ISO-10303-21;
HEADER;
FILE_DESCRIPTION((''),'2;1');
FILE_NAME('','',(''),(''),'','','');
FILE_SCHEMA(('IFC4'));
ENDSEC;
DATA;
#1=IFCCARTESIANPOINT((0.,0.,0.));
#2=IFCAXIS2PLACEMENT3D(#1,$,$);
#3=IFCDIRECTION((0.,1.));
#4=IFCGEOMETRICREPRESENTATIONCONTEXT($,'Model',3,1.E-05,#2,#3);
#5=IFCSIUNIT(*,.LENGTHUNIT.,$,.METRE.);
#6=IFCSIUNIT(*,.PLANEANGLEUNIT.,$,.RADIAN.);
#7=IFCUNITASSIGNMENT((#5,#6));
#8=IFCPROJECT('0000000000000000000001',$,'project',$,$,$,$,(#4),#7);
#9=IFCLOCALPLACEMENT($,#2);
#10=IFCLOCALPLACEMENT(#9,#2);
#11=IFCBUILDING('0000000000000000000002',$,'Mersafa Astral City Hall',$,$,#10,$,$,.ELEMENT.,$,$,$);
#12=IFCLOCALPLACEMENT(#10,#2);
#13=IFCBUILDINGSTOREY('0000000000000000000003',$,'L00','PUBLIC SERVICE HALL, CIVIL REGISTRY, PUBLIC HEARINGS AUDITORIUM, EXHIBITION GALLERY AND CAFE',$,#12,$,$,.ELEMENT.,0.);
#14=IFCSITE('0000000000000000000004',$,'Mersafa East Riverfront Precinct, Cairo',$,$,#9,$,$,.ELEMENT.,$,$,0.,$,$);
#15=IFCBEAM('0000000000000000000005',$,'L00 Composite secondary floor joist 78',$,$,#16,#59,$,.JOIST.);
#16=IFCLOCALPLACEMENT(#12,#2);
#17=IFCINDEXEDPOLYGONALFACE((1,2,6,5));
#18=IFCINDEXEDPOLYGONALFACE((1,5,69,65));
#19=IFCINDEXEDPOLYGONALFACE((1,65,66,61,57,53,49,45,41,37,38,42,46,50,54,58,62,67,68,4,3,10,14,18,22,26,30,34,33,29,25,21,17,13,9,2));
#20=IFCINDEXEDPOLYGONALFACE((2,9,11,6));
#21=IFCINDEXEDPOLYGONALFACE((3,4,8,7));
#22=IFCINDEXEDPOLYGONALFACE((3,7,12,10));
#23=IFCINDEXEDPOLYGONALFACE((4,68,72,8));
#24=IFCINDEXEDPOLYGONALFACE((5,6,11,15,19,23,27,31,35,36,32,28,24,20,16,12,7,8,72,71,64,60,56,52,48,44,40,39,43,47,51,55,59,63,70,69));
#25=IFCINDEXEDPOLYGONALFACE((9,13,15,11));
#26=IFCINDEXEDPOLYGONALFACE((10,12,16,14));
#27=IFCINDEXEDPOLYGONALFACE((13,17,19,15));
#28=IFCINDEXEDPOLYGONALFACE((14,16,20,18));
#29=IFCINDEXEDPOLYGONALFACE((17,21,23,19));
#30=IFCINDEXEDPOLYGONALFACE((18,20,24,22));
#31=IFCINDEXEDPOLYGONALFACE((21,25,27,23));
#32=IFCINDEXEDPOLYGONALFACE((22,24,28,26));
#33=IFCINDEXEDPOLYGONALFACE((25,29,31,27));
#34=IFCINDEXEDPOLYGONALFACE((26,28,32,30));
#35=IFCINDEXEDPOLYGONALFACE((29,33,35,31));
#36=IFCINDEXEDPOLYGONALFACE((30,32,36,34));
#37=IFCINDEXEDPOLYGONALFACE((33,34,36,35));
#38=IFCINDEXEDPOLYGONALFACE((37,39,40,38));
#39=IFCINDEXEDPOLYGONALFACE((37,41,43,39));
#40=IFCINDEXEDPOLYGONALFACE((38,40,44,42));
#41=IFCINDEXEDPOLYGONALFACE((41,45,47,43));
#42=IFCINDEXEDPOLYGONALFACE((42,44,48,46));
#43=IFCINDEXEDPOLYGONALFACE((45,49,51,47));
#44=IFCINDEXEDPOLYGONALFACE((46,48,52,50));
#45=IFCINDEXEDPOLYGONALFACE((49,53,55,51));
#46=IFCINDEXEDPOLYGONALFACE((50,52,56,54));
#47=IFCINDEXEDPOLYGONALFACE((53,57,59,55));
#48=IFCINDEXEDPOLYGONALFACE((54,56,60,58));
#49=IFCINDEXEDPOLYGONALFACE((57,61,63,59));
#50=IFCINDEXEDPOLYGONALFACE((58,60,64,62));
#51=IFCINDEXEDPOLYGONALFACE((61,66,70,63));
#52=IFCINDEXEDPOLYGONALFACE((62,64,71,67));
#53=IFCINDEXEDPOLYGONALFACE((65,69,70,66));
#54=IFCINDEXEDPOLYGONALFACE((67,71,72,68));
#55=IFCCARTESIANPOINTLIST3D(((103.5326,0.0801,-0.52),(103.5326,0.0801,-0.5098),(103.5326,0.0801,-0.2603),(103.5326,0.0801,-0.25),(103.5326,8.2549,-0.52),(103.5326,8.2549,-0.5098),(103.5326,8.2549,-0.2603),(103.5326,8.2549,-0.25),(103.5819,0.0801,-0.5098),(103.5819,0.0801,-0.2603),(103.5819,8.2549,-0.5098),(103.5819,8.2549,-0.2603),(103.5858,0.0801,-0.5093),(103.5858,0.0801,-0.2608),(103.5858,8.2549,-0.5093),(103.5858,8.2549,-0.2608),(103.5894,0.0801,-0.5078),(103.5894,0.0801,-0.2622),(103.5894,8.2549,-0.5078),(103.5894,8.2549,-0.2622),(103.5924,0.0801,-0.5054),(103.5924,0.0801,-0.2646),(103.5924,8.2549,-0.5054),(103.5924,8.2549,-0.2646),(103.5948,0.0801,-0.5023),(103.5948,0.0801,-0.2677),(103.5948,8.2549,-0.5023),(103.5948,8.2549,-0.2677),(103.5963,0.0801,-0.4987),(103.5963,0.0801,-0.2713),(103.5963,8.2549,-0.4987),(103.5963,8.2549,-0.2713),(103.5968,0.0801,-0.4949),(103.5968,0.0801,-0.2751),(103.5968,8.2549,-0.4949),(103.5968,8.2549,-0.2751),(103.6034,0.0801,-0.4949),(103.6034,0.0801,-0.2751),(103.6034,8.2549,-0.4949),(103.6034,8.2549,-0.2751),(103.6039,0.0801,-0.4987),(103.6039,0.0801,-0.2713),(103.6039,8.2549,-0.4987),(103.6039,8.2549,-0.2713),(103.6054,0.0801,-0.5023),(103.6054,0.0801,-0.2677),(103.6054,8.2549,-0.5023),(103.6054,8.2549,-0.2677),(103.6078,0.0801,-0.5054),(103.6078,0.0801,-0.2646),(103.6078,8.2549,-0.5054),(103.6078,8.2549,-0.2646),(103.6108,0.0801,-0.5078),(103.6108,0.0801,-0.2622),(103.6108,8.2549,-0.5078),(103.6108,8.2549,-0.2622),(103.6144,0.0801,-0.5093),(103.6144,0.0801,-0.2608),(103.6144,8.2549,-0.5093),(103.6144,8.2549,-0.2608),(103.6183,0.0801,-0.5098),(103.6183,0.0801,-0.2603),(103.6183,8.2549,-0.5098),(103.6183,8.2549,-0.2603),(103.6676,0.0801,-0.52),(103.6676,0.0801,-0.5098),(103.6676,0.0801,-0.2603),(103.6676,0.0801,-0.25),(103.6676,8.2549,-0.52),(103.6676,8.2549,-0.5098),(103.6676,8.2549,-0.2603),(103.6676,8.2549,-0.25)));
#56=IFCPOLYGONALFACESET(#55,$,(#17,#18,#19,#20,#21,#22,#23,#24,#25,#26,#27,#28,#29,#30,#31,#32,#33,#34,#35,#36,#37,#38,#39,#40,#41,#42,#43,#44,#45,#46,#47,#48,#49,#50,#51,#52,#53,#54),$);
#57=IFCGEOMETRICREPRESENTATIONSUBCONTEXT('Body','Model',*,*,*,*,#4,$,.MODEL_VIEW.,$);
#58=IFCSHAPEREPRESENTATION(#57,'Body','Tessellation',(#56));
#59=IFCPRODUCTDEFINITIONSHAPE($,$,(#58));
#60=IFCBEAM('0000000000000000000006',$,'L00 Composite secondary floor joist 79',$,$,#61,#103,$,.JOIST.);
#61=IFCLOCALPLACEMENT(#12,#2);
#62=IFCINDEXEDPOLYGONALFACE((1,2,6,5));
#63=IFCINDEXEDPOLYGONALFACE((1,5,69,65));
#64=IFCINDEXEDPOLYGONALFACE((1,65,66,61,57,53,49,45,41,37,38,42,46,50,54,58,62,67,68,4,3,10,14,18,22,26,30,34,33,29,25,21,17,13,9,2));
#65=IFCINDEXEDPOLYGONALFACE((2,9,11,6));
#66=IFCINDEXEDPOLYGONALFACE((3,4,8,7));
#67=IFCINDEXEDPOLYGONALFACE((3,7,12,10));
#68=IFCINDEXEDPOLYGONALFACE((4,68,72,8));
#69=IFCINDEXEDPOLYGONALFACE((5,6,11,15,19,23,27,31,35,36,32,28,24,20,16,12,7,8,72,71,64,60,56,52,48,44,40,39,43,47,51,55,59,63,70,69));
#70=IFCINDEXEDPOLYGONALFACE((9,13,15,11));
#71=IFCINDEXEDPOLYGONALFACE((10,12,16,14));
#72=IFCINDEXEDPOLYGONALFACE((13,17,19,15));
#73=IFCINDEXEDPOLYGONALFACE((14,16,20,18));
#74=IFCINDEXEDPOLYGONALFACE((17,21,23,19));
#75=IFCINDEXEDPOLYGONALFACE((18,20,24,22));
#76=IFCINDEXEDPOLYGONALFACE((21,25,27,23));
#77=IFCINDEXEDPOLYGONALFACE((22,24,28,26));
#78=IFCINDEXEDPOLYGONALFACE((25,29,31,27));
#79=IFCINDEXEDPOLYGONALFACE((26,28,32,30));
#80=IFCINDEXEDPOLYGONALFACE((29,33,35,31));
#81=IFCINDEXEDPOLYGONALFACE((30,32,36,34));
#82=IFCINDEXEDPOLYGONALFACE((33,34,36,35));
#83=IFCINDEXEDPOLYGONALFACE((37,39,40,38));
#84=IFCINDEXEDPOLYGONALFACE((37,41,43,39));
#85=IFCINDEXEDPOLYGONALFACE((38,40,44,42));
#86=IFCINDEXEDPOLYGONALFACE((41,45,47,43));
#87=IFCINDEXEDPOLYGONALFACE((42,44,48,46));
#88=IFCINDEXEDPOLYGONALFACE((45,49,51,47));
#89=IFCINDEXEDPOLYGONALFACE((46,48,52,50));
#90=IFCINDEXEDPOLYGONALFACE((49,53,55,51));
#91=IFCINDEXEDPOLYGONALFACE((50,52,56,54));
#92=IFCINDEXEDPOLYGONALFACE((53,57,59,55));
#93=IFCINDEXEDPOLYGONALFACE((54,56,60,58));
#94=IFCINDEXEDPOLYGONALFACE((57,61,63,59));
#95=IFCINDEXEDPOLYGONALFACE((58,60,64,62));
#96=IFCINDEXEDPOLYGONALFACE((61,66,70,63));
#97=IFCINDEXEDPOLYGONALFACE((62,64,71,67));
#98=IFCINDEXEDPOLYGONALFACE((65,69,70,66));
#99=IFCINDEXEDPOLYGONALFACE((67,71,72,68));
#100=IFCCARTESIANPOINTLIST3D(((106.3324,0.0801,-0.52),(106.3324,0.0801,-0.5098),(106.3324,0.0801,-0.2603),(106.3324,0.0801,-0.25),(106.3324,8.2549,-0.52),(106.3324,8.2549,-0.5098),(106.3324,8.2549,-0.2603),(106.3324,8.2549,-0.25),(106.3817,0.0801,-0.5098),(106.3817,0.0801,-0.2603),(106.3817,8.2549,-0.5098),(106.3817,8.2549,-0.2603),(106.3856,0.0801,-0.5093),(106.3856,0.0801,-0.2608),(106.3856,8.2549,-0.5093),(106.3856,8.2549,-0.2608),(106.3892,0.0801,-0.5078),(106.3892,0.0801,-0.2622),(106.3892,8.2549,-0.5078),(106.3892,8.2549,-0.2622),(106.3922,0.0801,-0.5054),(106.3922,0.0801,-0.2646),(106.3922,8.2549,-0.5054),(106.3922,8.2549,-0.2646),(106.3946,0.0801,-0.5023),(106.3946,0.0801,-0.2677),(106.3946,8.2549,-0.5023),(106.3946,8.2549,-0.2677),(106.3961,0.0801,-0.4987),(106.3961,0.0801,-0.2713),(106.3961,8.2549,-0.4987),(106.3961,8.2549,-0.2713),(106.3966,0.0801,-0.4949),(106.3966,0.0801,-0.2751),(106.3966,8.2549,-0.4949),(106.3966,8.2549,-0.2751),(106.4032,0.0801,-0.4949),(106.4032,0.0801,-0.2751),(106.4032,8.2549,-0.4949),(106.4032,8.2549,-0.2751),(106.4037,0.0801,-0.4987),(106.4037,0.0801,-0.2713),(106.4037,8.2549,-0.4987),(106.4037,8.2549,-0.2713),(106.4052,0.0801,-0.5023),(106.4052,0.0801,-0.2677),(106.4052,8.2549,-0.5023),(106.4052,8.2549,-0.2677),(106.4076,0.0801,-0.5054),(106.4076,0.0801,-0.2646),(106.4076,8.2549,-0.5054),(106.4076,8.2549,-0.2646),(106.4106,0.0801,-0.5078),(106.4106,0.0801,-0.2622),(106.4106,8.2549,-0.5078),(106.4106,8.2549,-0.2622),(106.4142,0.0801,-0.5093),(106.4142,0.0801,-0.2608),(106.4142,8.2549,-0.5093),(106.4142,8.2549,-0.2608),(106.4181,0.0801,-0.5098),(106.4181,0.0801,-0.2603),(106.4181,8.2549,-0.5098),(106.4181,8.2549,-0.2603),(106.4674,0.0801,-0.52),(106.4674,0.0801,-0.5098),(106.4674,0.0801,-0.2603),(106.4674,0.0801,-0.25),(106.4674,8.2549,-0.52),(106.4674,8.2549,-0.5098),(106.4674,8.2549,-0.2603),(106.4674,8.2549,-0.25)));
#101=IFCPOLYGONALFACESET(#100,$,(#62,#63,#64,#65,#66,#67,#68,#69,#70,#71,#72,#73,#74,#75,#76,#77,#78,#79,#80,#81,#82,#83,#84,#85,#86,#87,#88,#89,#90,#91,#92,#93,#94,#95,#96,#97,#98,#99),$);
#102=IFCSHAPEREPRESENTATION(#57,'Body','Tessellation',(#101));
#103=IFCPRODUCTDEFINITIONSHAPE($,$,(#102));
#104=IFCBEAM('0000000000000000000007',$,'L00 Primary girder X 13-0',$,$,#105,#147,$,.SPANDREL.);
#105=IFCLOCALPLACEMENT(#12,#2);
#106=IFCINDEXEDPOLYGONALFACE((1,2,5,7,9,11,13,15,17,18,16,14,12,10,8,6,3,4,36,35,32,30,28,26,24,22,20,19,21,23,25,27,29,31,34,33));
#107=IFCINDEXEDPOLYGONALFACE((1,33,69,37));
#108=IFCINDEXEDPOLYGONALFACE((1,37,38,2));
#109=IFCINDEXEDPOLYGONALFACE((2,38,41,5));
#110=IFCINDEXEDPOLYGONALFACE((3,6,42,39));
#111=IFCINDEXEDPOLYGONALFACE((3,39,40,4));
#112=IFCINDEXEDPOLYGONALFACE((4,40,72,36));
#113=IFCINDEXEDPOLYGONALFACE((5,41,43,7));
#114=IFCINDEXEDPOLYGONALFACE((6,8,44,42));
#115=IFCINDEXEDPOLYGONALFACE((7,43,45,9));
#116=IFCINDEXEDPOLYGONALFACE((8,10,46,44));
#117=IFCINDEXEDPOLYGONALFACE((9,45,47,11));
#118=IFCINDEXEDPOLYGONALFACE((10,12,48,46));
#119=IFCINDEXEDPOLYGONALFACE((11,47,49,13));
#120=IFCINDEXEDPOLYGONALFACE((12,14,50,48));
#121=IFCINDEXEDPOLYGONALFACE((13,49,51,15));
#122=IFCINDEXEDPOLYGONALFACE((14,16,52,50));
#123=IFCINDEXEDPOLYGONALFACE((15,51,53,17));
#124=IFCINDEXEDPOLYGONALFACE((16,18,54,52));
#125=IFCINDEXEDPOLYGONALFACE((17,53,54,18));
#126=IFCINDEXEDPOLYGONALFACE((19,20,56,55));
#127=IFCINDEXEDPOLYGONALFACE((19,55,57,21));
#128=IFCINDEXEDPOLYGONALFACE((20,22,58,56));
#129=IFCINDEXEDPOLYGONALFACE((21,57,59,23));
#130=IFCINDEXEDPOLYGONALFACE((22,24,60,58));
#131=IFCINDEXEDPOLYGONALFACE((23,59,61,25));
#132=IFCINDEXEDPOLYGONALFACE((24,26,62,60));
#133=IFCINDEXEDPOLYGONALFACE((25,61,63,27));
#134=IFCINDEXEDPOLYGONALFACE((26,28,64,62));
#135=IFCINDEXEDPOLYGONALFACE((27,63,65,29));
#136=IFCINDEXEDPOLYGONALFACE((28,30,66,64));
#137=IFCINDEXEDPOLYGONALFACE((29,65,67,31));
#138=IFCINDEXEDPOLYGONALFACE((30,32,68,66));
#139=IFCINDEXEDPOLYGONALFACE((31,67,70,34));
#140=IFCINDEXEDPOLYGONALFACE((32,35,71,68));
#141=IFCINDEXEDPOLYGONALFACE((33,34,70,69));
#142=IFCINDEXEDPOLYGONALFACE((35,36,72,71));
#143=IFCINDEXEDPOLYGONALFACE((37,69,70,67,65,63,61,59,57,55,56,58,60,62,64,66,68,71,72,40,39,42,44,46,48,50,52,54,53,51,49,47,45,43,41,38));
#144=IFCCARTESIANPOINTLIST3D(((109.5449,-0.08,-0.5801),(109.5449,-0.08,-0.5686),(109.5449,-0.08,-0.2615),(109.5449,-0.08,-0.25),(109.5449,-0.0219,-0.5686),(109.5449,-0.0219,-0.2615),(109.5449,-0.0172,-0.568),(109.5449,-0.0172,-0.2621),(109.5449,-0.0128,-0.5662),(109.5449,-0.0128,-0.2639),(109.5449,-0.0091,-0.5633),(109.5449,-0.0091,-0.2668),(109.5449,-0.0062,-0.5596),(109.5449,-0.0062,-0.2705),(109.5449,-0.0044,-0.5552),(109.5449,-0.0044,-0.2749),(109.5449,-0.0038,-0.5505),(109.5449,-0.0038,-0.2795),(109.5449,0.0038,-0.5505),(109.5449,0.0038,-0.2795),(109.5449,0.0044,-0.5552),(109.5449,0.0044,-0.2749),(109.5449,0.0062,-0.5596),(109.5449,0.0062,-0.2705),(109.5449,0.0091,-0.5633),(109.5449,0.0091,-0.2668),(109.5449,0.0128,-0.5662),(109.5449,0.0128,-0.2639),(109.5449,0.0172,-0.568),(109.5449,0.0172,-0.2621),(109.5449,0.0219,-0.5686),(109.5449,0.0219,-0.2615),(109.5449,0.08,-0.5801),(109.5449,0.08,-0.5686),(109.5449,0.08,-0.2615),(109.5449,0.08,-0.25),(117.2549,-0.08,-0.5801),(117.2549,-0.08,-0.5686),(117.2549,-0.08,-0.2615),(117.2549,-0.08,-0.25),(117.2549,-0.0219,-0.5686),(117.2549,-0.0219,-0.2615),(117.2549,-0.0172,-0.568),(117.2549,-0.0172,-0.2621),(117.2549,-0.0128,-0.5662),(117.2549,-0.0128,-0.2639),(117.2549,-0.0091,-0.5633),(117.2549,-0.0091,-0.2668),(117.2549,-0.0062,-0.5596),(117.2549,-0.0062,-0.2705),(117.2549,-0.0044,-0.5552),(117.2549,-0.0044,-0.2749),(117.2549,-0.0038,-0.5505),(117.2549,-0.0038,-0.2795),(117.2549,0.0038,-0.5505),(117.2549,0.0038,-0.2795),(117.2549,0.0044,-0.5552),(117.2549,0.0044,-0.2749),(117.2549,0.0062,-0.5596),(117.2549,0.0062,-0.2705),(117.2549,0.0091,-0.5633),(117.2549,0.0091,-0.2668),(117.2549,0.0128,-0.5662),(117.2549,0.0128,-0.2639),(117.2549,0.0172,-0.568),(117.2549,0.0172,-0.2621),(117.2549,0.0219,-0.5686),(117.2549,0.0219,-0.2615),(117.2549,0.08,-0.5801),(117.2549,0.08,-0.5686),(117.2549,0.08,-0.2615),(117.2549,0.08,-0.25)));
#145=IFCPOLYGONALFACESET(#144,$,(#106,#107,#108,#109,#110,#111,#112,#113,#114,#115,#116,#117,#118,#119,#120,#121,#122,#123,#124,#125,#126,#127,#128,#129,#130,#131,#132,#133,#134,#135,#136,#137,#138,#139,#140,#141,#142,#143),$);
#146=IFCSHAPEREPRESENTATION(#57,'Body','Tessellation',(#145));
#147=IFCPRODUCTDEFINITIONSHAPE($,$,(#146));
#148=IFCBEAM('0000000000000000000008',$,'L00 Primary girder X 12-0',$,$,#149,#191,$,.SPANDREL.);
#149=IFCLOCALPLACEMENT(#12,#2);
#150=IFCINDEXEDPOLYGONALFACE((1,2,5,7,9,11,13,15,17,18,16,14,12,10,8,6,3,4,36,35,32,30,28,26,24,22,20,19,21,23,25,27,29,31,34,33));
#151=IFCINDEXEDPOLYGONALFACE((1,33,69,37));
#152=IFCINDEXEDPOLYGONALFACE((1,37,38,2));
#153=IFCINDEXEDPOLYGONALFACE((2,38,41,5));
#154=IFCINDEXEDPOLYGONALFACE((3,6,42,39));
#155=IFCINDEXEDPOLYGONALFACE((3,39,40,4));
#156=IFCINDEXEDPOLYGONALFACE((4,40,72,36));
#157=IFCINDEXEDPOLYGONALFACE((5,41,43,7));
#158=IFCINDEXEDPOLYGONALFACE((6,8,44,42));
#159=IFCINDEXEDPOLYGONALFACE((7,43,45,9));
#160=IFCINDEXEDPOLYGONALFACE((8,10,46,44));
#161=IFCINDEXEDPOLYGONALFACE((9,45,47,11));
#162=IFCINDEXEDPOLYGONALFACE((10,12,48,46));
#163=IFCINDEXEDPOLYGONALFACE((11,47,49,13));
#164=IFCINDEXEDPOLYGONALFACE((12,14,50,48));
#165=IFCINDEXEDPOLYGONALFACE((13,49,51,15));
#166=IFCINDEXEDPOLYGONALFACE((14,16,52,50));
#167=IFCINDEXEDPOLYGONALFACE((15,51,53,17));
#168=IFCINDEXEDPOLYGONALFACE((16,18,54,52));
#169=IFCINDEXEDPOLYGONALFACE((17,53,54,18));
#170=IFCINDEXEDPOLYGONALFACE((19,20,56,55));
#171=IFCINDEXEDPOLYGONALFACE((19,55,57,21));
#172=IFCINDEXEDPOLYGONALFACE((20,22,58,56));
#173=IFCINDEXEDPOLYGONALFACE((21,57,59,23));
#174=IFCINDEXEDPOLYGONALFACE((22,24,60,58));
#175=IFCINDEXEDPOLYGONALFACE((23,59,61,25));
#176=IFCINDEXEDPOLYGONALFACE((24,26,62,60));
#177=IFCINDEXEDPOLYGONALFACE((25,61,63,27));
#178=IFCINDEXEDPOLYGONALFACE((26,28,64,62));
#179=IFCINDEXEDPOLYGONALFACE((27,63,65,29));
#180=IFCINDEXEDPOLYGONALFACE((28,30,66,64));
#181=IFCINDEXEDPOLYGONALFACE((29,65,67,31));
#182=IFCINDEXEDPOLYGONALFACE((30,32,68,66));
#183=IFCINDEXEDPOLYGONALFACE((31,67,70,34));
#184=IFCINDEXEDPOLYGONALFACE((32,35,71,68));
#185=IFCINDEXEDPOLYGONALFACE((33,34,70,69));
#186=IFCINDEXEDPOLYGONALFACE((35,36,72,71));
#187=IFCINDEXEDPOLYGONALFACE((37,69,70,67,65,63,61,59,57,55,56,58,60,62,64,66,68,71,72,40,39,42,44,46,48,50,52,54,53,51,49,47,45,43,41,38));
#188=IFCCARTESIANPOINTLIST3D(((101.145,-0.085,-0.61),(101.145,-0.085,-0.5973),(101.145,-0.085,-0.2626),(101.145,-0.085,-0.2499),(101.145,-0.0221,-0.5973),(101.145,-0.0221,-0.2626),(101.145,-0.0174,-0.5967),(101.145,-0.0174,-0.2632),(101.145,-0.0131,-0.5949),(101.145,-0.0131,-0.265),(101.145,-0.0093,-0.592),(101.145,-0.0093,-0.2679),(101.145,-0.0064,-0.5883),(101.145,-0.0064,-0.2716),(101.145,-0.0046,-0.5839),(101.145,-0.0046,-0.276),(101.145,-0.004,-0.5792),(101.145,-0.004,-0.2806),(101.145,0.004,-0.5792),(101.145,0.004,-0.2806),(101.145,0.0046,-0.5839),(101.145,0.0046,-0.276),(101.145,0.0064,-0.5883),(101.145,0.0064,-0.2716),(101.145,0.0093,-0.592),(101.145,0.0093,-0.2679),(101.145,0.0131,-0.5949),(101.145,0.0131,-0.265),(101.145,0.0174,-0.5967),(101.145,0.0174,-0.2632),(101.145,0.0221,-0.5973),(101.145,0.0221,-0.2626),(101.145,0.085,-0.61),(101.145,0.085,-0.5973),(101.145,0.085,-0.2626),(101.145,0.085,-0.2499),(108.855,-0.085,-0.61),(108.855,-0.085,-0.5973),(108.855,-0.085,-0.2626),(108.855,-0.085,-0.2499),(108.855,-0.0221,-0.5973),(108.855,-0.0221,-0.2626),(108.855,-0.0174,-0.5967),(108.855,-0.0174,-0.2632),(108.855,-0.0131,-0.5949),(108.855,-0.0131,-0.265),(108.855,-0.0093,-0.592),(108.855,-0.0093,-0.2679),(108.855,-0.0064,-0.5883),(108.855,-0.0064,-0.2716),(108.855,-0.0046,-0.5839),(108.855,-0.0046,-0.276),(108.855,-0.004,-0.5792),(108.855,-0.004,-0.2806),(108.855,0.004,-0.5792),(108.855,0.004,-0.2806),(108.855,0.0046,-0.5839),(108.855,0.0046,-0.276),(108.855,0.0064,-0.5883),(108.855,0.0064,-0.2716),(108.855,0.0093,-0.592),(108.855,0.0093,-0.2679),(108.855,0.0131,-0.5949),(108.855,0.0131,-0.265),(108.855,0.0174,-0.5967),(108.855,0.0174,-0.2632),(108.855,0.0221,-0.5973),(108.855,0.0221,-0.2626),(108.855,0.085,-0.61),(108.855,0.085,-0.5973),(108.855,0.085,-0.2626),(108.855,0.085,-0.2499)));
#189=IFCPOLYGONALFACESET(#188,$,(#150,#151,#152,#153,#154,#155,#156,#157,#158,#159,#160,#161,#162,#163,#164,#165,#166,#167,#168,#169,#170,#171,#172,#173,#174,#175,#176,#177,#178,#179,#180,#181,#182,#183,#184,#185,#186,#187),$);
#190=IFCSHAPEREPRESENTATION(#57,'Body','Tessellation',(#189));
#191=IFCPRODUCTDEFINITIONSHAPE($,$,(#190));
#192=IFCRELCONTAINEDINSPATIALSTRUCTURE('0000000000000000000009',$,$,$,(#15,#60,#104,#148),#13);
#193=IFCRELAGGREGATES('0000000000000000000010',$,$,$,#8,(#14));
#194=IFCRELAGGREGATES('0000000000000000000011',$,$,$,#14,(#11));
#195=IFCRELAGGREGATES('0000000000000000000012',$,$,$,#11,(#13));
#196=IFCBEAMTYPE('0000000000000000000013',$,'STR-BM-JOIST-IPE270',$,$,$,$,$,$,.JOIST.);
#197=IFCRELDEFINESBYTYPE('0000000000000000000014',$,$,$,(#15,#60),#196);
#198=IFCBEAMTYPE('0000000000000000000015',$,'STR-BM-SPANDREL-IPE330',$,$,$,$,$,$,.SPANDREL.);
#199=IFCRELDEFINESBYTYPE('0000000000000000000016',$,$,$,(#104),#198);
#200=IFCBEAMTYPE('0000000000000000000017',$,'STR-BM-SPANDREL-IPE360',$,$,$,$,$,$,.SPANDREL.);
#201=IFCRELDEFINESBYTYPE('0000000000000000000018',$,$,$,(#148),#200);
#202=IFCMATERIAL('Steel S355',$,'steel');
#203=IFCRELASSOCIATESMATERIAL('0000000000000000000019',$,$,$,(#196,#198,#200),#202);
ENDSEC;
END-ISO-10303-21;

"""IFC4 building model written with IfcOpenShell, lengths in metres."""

from ifc_helpers import new_model, si_unit, direction, frame, origin, origin_2d, place, context, subcontext, project, spatial, i_section, extrude, material, material_profile, profile_set, type_object, element, save


model = new_model("IFC4")

# Units and contexts
model_context = context("Model", 3, precision=1e-05, world=origin(), true_north=direction((0.0, 1.0)))
body_context = subcontext(model_context, "Body", "Model", "MODEL_VIEW")
ifc_project = project(units=[si_unit("LENGTHUNIT", "METRE"), si_unit("PLANEANGLEUNIT", "RADIAN")], contexts=[model_context])

# Site, building, storey
site_placement = place(None, origin())
site = spatial("IfcSite", under=ifc_project, at=site_placement, Name="Mersafa East Riverfront Precinct, Cairo", CompositionType="ELEMENT", RefElevation=0.0)
building_placement = place(site_placement, origin())
building = spatial("IfcBuilding", under=site, at=building_placement, Name="Mersafa Astral City Hall", CompositionType="ELEMENT")
storey_placement = place(building_placement, origin())
storey = spatial("IfcBuildingStorey", under=building, at=storey_placement, Name="L00", Description="PUBLIC SERVICE HALL, CIVIL REGISTRY, PUBLIC HEARINGS AUDITORIUM, EXHIBITION GALLERY AND CAFE", CompositionType="ELEMENT", Elevation=0.0)

# Shared definitions
ifc_material_1 = material(Name="Steel S355", Category="steel")

# Beams
ifc_material_profile_1 = material_profile(ifc_material_1, i_section(OverallWidth=0.135, OverallDepth=0.27, WebThickness=0.0066, FlangeThickness=0.0103, FilletRadius=0.0149, at=origin_2d()), Name="IPE 270")
ifc_profile_set_1 = profile_set([ifc_material_profile_1], Name="Steel S355")
beam_type_1 = type_object("IfcBeamType", Name="STR-BM-JOIST-IPE270", PredefinedType="JOIST", material=ifc_profile_set_1)
for number, where, z_axis, x_axis, name in (
    (1, (103.6001, 0.0801, -0.385), (0.0, 1.0, 0.0), (-1.0, 0.0, 0.0), "L00 Composite secondary floor joist 78"),
    (2, (106.3999, 0.0801, -0.385), (0.0, 1.0, 0.0), (-1.0, 0.0, 0.0), "L00 Composite secondary floor joist 79"),
):
    element("IfcBeam", number, at=place(storey_placement, frame(where, z_axis=z_axis, x_axis=x_axis)), inside=storey, type_object=beam_type_1, Name=name, PredefinedType="JOIST", context=body_context, shape_type="SweptSolid", body=[
        extrude(i_section(OverallWidth=0.135, OverallDepth=0.27, WebThickness=0.0066, FlangeThickness=0.0103, FilletRadius=0.0149, at=origin_2d()), origin(), (0.0, 0.0, 1.0), 8.1748),
    ])
ifc_material_profile_2 = material_profile(ifc_material_1, i_section(OverallWidth=0.1599, OverallDepth=0.3301, WebThickness=0.0076, FlangeThickness=0.0115, FilletRadius=0.0181, at=origin_2d()), Name="IPE 330")
ifc_profile_set_2 = profile_set([ifc_material_profile_2], Name="Steel S355")
beam_type_2 = type_object("IfcBeamType", Name="STR-BM-SPANDREL-IPE330", PredefinedType="SPANDREL", material=ifc_profile_set_2)
beam_1_placement = place(storey_placement, frame((109.5449, 0.0, -0.415), z_axis=(1.0, 0.0, 0.0), x_axis=(0.0, 1.0, 0.0)))
element("IfcBeam", 3, at=beam_1_placement, inside=storey, type_object=beam_type_2, Name="L00 Primary girder X 13-0", PredefinedType="SPANDREL", context=body_context, shape_type="SweptSolid", body=[
    extrude(i_section(OverallWidth=0.1599, OverallDepth=0.3301, WebThickness=0.0076, FlangeThickness=0.0115, FilletRadius=0.0181, at=origin_2d()), origin(), (0.0, 0.0, 1.0), 7.71),
])
ifc_material_profile_3 = material_profile(ifc_material_1, i_section(OverallWidth=0.1699, OverallDepth=0.3601, WebThickness=0.0081, FlangeThickness=0.0127, FilletRadius=0.0181, at=origin_2d()), Name="IPE 360")
ifc_profile_set_3 = profile_set([ifc_material_profile_3], Name="Steel S355")
beam_type_3 = type_object("IfcBeamType", Name="STR-BM-SPANDREL-IPE360", PredefinedType="SPANDREL", material=ifc_profile_set_3)
beam_2_placement = place(storey_placement, frame((101.145, 0.0, -0.4299), z_axis=(1.0, 0.0, 0.0), x_axis=(0.0, 1.0, 0.0)))
element("IfcBeam", 4, at=beam_2_placement, inside=storey, type_object=beam_type_3, Name="L00 Primary girder X 12-0", PredefinedType="SPANDREL", context=body_context, shape_type="SweptSolid", body=[
    extrude(i_section(OverallWidth=0.1699, OverallDepth=0.3601, WebThickness=0.0081, FlangeThickness=0.0127, FilletRadius=0.0181, at=origin_2d()), origin(), (0.0, 0.0, 1.0), 7.71),
])

save(model, "model.ifc")
